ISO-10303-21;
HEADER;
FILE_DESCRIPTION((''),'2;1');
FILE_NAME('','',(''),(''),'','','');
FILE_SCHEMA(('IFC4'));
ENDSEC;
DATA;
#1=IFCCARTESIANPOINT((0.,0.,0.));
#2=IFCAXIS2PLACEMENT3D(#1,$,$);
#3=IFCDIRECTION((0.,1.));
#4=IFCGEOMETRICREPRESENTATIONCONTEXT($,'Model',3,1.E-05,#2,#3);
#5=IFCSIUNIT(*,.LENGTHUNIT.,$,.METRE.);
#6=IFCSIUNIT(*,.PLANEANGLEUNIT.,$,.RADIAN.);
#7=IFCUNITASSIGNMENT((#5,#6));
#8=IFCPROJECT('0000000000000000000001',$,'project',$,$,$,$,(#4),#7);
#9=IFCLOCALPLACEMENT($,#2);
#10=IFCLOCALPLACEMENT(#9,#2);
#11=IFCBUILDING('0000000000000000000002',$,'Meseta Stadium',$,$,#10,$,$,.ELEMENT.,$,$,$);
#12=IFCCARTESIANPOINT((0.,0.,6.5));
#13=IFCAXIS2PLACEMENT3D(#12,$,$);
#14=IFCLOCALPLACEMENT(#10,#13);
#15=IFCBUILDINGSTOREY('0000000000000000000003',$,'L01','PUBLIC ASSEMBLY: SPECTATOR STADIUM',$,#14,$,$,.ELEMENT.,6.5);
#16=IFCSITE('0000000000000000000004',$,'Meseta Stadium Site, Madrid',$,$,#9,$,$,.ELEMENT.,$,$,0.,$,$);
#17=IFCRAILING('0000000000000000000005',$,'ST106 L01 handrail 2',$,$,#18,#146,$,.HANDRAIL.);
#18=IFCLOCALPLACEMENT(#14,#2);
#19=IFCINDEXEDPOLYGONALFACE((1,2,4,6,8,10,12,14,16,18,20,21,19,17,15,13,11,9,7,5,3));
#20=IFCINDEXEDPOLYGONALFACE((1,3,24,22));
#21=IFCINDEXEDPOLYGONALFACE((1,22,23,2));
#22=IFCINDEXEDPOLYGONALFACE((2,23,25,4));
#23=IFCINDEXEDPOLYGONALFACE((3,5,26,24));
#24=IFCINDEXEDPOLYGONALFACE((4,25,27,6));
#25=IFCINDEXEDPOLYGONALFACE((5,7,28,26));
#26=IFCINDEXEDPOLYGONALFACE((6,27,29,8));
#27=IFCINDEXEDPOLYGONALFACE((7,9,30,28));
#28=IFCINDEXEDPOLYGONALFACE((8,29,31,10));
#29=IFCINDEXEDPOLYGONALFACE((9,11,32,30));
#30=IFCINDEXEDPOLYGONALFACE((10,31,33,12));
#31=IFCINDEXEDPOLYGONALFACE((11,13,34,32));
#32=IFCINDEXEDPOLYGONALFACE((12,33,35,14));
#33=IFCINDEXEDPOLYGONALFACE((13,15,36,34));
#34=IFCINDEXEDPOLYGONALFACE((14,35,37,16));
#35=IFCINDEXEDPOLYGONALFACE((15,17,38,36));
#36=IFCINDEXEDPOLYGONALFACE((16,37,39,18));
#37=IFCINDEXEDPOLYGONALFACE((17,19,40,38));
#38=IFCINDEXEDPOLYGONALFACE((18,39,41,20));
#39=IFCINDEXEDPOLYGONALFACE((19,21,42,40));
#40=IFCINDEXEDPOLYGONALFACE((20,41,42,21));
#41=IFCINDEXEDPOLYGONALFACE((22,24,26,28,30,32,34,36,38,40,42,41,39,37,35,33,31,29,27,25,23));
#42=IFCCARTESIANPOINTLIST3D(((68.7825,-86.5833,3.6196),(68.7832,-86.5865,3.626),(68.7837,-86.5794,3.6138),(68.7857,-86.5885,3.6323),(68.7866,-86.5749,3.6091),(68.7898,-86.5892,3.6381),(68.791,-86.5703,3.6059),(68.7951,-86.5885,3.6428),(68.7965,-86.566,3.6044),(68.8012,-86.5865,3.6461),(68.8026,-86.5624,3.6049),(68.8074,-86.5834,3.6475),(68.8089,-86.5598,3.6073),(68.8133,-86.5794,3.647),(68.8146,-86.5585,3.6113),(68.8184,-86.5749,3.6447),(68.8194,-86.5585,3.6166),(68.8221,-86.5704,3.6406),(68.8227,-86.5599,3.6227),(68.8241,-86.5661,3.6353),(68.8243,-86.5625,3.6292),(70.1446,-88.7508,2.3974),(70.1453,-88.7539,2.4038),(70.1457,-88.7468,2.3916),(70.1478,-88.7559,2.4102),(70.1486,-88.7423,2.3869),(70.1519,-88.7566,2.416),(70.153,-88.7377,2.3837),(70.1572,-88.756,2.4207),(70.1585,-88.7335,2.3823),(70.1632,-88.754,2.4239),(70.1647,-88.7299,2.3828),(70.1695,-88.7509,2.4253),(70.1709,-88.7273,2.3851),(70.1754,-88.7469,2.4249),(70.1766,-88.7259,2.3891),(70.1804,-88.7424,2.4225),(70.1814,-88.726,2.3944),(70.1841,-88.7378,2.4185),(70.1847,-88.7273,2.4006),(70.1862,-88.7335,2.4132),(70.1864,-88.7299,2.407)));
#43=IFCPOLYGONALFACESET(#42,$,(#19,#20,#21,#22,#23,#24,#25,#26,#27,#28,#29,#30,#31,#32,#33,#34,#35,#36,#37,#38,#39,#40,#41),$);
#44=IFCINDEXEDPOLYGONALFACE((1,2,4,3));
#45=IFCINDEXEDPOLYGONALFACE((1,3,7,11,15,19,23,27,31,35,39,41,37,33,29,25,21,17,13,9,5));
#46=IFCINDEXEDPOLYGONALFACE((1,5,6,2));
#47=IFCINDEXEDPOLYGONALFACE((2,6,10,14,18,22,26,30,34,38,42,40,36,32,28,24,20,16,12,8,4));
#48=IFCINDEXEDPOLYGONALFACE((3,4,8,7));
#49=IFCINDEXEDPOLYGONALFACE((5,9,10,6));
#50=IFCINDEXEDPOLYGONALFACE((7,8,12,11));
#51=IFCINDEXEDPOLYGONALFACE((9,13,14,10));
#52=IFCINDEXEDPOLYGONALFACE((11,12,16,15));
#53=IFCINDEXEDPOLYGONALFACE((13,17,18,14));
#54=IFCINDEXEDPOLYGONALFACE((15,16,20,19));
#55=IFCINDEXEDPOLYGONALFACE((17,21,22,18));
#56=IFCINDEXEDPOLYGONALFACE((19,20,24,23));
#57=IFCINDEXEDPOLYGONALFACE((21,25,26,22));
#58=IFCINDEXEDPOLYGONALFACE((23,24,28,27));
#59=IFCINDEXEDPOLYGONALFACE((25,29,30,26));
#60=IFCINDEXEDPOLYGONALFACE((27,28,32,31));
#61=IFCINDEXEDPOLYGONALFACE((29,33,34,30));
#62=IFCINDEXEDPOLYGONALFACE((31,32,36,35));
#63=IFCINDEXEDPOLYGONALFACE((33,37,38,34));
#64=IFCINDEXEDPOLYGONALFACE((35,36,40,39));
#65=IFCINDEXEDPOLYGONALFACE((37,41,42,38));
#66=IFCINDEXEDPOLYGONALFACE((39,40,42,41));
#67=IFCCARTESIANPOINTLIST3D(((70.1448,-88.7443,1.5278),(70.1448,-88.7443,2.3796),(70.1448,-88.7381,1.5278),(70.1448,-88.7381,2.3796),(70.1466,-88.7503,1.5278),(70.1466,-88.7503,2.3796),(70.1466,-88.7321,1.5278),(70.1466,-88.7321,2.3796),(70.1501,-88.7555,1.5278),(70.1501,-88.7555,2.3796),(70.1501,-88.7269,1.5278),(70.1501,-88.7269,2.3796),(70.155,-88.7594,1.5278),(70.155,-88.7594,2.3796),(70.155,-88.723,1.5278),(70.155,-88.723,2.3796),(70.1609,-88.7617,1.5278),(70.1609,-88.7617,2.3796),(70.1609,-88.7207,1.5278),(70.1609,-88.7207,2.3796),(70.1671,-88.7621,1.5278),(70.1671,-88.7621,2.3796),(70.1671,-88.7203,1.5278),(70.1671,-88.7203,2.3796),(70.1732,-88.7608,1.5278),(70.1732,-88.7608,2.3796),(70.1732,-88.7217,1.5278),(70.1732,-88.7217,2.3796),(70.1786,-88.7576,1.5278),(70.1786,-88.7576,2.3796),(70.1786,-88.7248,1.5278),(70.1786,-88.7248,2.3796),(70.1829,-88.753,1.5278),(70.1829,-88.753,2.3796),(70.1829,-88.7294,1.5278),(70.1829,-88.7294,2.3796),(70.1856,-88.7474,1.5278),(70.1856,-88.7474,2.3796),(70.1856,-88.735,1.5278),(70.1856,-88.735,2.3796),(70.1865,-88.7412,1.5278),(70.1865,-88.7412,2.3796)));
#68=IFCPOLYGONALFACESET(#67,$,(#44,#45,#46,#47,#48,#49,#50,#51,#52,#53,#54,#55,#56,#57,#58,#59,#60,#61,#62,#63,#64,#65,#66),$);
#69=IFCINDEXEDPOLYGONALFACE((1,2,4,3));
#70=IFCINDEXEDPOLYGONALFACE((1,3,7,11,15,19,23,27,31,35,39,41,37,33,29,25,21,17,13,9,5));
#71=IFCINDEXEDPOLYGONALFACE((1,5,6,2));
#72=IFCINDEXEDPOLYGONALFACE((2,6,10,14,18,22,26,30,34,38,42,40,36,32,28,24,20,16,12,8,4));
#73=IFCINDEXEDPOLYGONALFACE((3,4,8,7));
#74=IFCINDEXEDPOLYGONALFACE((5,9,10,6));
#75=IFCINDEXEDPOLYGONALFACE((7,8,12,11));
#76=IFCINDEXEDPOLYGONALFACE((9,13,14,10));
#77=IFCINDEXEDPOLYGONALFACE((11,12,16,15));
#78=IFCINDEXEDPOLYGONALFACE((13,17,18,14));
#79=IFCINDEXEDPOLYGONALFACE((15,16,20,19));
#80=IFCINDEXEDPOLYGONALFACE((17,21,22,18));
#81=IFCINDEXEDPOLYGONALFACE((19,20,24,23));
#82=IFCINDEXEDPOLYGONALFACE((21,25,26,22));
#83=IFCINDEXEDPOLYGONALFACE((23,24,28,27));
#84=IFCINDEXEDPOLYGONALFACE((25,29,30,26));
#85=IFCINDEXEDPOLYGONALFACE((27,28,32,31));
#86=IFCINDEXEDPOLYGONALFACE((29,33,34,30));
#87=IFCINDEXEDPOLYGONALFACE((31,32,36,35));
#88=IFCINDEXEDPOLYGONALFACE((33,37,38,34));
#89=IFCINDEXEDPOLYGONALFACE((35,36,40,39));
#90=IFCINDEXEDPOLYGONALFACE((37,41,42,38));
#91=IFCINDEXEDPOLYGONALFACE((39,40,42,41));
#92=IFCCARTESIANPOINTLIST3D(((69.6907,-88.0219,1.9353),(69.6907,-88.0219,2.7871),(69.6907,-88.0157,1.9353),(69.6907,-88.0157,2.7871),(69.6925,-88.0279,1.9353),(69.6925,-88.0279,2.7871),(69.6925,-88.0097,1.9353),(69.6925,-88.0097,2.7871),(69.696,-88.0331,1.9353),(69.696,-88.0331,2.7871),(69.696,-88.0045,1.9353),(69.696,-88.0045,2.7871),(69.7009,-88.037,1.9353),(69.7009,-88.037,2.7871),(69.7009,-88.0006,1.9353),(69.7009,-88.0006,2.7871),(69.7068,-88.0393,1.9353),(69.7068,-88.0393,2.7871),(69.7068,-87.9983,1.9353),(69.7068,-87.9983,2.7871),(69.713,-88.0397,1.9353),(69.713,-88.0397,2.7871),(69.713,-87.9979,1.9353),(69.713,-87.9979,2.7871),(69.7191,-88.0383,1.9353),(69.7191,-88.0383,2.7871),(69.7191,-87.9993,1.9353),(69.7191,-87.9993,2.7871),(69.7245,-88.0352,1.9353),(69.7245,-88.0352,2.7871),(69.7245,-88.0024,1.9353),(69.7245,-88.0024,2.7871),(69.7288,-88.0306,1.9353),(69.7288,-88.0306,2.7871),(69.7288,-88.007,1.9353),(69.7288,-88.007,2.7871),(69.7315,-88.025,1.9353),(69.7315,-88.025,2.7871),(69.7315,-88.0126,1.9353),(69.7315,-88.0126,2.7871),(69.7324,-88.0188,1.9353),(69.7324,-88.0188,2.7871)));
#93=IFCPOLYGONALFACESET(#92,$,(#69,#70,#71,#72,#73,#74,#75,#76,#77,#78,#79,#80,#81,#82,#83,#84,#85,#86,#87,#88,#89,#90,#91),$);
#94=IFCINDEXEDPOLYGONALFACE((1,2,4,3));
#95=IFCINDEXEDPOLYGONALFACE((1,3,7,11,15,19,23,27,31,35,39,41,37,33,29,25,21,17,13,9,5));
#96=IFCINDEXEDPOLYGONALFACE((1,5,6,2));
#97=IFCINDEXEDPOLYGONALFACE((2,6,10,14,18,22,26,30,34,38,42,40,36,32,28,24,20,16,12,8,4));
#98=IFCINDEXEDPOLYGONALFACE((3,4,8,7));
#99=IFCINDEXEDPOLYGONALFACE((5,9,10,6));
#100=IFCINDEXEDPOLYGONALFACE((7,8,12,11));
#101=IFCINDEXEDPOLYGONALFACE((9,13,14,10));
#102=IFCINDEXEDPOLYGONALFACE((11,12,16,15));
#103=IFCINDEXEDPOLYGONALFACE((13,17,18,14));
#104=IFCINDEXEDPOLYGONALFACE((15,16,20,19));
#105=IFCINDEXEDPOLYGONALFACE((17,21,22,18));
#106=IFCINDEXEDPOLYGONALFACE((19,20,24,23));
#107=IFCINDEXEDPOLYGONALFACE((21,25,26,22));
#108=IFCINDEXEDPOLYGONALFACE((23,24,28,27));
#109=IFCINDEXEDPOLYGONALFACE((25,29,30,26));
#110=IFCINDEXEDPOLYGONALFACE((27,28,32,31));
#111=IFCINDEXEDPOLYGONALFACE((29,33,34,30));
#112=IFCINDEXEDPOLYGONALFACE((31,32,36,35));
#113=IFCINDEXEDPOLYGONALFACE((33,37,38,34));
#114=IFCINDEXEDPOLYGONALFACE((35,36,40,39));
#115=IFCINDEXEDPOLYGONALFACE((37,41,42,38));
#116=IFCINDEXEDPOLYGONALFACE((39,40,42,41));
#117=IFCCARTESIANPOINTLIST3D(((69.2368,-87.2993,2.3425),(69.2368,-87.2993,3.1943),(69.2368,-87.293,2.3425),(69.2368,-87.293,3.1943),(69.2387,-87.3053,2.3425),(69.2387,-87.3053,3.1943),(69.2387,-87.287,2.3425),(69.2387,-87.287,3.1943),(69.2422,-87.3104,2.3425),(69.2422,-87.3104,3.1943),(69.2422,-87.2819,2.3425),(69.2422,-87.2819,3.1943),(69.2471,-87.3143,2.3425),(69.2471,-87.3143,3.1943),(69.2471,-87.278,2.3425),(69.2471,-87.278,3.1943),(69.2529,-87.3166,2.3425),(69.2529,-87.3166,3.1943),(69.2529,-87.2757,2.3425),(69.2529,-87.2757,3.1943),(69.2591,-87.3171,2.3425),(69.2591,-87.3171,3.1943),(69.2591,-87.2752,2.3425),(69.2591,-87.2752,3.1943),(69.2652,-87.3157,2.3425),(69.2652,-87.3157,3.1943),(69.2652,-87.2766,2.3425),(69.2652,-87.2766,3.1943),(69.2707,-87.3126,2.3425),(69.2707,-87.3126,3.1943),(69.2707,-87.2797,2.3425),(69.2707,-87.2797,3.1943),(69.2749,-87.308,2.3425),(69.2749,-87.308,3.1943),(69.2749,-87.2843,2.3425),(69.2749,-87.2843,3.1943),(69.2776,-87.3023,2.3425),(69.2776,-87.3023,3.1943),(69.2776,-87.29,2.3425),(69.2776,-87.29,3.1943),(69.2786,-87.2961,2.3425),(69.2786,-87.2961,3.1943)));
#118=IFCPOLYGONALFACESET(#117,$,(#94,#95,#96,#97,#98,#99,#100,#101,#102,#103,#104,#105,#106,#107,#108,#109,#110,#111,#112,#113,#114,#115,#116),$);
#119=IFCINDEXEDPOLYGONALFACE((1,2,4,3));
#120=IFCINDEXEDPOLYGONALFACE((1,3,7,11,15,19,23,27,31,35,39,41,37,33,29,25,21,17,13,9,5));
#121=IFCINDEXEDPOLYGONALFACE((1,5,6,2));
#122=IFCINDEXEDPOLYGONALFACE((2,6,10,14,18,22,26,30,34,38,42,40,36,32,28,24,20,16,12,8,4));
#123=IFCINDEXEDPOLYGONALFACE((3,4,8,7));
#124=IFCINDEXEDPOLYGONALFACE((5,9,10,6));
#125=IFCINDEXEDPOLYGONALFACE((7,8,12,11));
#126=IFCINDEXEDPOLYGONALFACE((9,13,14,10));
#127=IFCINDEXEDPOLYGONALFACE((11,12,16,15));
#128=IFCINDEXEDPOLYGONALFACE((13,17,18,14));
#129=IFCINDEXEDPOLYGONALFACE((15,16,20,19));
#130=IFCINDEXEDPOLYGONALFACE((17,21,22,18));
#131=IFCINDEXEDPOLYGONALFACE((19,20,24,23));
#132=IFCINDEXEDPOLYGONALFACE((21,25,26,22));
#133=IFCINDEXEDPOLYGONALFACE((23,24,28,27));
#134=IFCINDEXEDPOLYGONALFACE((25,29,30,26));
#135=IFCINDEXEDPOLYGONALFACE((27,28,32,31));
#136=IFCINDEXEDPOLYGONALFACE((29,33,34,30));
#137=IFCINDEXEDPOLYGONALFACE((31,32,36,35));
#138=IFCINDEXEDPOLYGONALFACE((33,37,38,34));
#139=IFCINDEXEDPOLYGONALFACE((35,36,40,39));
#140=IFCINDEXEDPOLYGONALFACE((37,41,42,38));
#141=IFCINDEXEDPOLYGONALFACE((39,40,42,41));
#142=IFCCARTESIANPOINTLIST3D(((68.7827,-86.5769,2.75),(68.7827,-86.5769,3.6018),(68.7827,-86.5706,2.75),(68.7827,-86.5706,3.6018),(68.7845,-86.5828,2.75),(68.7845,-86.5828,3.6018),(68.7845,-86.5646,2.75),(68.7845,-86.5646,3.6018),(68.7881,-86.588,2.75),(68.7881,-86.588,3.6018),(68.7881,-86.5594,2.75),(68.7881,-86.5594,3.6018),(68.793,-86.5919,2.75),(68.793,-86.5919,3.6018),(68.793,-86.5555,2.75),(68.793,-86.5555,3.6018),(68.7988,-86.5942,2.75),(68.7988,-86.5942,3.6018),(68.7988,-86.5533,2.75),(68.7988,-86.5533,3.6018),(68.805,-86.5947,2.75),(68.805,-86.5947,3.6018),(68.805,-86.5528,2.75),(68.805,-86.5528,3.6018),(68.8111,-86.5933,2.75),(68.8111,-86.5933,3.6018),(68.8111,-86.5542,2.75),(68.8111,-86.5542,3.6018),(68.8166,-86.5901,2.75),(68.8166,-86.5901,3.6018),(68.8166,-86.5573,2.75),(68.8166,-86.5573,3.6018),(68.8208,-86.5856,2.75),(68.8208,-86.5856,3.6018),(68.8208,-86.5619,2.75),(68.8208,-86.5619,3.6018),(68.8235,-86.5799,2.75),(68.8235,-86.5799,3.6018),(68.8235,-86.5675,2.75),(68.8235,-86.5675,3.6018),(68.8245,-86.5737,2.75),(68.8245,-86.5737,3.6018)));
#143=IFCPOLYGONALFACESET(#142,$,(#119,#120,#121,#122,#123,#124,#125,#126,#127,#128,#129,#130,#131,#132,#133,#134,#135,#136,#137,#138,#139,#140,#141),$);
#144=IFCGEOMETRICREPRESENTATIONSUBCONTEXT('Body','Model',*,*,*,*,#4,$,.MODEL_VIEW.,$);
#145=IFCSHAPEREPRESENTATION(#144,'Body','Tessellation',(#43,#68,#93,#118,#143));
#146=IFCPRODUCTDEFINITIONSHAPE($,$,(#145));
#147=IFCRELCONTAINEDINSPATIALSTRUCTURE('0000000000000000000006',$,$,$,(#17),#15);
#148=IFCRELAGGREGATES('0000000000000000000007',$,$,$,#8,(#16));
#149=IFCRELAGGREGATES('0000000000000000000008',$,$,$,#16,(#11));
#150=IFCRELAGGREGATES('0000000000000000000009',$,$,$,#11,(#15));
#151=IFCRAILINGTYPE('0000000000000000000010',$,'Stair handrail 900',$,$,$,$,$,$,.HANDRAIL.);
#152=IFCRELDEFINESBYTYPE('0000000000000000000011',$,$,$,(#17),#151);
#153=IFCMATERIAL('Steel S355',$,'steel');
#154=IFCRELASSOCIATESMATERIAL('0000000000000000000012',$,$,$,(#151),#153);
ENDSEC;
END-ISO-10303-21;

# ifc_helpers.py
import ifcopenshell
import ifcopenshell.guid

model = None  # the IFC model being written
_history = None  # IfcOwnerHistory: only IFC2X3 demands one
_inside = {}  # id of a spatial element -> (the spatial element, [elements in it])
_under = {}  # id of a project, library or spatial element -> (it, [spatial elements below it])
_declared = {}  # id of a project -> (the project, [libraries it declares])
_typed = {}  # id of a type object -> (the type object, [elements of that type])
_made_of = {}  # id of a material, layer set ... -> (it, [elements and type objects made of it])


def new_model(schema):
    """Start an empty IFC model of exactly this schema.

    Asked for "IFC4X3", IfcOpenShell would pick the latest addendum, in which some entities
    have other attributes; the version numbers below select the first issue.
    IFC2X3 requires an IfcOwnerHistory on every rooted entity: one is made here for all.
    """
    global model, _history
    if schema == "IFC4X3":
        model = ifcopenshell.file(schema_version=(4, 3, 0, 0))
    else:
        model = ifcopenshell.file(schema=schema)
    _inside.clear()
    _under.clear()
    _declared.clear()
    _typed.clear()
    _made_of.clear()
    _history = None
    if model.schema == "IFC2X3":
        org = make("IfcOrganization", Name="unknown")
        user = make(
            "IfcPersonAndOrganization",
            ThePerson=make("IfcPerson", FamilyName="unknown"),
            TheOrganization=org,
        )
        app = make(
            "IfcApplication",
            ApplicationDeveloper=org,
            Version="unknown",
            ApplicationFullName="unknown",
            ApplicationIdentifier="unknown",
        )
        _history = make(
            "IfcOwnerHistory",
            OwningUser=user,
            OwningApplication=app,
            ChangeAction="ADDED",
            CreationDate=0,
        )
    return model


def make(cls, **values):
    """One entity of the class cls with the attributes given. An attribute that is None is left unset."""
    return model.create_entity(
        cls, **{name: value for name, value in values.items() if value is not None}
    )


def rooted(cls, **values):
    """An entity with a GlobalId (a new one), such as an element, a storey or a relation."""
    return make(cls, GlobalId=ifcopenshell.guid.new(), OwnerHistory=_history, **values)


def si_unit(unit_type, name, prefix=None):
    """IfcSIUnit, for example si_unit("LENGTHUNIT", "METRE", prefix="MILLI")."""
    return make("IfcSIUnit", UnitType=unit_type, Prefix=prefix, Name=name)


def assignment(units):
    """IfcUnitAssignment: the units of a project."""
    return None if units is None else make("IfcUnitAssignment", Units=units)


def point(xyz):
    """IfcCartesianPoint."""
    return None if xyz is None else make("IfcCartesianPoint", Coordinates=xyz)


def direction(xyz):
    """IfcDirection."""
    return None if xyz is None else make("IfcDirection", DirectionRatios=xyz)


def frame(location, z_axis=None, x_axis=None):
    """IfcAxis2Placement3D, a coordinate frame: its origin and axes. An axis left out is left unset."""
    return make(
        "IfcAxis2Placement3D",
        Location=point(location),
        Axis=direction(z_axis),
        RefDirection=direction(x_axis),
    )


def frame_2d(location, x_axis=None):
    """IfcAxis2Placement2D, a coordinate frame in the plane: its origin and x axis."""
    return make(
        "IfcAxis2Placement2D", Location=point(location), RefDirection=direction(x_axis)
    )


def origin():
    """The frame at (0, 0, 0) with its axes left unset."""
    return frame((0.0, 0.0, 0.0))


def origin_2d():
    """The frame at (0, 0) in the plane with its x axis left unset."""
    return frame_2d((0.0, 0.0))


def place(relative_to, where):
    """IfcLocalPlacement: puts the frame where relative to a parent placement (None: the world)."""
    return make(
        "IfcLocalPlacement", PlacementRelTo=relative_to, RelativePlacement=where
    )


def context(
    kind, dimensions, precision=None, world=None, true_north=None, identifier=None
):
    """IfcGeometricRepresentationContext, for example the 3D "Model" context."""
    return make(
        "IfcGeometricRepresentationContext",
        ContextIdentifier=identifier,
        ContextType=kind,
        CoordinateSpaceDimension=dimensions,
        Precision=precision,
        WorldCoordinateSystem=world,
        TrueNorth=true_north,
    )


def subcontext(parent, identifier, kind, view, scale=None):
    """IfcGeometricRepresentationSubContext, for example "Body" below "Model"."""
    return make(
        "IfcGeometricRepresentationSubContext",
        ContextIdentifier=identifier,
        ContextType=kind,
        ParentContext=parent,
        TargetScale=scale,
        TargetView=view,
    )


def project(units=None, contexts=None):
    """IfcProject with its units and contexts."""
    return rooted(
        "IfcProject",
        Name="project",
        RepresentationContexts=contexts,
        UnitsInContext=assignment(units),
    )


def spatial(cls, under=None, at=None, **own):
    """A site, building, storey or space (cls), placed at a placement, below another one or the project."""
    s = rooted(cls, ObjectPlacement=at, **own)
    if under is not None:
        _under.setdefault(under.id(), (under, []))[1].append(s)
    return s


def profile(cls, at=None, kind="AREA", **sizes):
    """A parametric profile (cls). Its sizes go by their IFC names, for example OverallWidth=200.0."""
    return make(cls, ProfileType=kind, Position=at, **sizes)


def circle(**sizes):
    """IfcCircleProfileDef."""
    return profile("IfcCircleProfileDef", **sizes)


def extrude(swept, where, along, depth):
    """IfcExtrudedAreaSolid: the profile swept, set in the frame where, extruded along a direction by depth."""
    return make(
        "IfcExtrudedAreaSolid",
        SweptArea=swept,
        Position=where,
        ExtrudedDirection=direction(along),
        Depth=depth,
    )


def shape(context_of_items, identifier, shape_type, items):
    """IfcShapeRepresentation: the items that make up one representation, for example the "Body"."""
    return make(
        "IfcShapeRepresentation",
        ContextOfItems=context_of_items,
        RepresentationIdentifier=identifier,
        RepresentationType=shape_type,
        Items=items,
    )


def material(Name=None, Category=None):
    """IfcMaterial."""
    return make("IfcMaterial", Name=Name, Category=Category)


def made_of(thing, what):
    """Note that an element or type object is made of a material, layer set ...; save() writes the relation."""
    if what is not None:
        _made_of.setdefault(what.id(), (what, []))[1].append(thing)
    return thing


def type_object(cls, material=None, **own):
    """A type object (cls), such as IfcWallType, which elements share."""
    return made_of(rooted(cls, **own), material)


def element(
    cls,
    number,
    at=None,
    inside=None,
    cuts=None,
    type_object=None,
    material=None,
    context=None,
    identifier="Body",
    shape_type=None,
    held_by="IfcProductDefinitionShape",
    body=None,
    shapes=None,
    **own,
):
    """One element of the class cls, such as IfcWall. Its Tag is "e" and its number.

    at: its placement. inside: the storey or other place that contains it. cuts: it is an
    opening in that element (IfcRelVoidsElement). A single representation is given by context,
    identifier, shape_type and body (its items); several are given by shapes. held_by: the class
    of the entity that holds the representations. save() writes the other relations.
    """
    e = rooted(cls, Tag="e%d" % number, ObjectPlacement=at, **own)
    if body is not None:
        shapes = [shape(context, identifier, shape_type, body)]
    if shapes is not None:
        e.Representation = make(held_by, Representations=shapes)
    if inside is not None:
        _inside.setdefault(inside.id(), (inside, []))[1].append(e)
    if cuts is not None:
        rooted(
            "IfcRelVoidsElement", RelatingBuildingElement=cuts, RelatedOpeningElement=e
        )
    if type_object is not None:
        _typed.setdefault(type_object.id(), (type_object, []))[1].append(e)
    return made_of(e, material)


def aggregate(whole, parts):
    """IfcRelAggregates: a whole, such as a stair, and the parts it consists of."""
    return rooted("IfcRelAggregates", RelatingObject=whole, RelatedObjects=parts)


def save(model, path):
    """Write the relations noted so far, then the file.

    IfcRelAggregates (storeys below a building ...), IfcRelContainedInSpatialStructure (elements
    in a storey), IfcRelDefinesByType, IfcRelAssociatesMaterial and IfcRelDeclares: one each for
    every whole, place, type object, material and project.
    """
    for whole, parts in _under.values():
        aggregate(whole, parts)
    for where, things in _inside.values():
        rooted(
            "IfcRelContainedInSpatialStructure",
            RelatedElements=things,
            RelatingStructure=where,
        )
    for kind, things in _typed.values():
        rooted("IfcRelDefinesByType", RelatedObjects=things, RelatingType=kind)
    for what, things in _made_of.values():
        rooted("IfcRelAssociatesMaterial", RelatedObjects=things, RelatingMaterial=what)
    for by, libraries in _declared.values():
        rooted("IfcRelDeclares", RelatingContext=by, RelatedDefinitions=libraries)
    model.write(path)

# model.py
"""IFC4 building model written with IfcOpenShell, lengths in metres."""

from ifc_helpers import new_model, si_unit, direction, frame, origin, origin_2d, place, context, subcontext, project, spatial, circle, extrude, material, type_object, element, save


model = new_model("IFC4")

# Units and contexts
model_context = context("Model", 3, precision=1e-05, world=origin(), true_north=direction((0.0, 1.0)))
body_context = subcontext(model_context, "Body", "Model", "MODEL_VIEW")
ifc_project = project(units=[si_unit("LENGTHUNIT", "METRE"), si_unit("PLANEANGLEUNIT", "RADIAN")], contexts=[model_context])

# Site, building, storey
site_placement = place(None, origin())
site = spatial("IfcSite", under=ifc_project, at=site_placement, Name="Meseta Stadium Site, Madrid", CompositionType="ELEMENT", RefElevation=0.0)
building_placement = place(site_placement, origin())
building = spatial("IfcBuilding", under=site, at=building_placement, Name="Meseta Stadium", CompositionType="ELEMENT")
storey_placement = place(building_placement, frame((0.0, 0.0, 6.5)))
storey = spatial("IfcBuildingStorey", under=building, at=storey_placement, Name="L01", Description="PUBLIC ASSEMBLY: SPECTATOR STADIUM", CompositionType="ELEMENT", Elevation=6.5)

# Railing
ifc_material_1 = material(Name="Steel S355", Category="steel")
railing_type_1 = type_object("IfcRailingType", Name="Stair handrail 900", PredefinedType="HANDRAIL", material=ifc_material_1)
for number, where, name in (
    (1, (70.1655, -88.7412, 1.5278), "ST106 L01 handrail 2"),
):
    element("IfcRailing", number, at=place(storey_placement, frame(where)), inside=storey, type_object=railing_type_1, Name=name, PredefinedType="HANDRAIL", context=body_context, shape_type="SweptSolid", body=[
        extrude(circle(Radius=0.0239, at=origin_2d()), frame((0.0, 0.0, 0.876), z_axis=(-0.480156, 0.764085, 0.430841), x_axis=(-0.846699, -0.532072, 0.0)), (0.0, 0.0, 1.0), 2.8367),
        extrude(circle(Radius=0.021, at=origin_2d()), origin(), (0.0, 0.0, 1.0), 0.8518),
        extrude(circle(Radius=0.021, at=origin_2d()), frame((-0.4541, 0.7224, 0.4075)), (0.0, 0.0, 1.0), 0.8518),
        extrude(circle(Radius=0.021, at=origin_2d()), frame((-0.908, 1.4451, 0.8147)), (0.0, 0.0, 1.0), 0.8518),
        extrude(circle(Radius=0.021, at=origin_2d()), frame((-1.3621, 2.1675, 1.2222)), (0.0, 0.0, 1.0), 0.8518),
    ])

save(model, "model.ifc")
